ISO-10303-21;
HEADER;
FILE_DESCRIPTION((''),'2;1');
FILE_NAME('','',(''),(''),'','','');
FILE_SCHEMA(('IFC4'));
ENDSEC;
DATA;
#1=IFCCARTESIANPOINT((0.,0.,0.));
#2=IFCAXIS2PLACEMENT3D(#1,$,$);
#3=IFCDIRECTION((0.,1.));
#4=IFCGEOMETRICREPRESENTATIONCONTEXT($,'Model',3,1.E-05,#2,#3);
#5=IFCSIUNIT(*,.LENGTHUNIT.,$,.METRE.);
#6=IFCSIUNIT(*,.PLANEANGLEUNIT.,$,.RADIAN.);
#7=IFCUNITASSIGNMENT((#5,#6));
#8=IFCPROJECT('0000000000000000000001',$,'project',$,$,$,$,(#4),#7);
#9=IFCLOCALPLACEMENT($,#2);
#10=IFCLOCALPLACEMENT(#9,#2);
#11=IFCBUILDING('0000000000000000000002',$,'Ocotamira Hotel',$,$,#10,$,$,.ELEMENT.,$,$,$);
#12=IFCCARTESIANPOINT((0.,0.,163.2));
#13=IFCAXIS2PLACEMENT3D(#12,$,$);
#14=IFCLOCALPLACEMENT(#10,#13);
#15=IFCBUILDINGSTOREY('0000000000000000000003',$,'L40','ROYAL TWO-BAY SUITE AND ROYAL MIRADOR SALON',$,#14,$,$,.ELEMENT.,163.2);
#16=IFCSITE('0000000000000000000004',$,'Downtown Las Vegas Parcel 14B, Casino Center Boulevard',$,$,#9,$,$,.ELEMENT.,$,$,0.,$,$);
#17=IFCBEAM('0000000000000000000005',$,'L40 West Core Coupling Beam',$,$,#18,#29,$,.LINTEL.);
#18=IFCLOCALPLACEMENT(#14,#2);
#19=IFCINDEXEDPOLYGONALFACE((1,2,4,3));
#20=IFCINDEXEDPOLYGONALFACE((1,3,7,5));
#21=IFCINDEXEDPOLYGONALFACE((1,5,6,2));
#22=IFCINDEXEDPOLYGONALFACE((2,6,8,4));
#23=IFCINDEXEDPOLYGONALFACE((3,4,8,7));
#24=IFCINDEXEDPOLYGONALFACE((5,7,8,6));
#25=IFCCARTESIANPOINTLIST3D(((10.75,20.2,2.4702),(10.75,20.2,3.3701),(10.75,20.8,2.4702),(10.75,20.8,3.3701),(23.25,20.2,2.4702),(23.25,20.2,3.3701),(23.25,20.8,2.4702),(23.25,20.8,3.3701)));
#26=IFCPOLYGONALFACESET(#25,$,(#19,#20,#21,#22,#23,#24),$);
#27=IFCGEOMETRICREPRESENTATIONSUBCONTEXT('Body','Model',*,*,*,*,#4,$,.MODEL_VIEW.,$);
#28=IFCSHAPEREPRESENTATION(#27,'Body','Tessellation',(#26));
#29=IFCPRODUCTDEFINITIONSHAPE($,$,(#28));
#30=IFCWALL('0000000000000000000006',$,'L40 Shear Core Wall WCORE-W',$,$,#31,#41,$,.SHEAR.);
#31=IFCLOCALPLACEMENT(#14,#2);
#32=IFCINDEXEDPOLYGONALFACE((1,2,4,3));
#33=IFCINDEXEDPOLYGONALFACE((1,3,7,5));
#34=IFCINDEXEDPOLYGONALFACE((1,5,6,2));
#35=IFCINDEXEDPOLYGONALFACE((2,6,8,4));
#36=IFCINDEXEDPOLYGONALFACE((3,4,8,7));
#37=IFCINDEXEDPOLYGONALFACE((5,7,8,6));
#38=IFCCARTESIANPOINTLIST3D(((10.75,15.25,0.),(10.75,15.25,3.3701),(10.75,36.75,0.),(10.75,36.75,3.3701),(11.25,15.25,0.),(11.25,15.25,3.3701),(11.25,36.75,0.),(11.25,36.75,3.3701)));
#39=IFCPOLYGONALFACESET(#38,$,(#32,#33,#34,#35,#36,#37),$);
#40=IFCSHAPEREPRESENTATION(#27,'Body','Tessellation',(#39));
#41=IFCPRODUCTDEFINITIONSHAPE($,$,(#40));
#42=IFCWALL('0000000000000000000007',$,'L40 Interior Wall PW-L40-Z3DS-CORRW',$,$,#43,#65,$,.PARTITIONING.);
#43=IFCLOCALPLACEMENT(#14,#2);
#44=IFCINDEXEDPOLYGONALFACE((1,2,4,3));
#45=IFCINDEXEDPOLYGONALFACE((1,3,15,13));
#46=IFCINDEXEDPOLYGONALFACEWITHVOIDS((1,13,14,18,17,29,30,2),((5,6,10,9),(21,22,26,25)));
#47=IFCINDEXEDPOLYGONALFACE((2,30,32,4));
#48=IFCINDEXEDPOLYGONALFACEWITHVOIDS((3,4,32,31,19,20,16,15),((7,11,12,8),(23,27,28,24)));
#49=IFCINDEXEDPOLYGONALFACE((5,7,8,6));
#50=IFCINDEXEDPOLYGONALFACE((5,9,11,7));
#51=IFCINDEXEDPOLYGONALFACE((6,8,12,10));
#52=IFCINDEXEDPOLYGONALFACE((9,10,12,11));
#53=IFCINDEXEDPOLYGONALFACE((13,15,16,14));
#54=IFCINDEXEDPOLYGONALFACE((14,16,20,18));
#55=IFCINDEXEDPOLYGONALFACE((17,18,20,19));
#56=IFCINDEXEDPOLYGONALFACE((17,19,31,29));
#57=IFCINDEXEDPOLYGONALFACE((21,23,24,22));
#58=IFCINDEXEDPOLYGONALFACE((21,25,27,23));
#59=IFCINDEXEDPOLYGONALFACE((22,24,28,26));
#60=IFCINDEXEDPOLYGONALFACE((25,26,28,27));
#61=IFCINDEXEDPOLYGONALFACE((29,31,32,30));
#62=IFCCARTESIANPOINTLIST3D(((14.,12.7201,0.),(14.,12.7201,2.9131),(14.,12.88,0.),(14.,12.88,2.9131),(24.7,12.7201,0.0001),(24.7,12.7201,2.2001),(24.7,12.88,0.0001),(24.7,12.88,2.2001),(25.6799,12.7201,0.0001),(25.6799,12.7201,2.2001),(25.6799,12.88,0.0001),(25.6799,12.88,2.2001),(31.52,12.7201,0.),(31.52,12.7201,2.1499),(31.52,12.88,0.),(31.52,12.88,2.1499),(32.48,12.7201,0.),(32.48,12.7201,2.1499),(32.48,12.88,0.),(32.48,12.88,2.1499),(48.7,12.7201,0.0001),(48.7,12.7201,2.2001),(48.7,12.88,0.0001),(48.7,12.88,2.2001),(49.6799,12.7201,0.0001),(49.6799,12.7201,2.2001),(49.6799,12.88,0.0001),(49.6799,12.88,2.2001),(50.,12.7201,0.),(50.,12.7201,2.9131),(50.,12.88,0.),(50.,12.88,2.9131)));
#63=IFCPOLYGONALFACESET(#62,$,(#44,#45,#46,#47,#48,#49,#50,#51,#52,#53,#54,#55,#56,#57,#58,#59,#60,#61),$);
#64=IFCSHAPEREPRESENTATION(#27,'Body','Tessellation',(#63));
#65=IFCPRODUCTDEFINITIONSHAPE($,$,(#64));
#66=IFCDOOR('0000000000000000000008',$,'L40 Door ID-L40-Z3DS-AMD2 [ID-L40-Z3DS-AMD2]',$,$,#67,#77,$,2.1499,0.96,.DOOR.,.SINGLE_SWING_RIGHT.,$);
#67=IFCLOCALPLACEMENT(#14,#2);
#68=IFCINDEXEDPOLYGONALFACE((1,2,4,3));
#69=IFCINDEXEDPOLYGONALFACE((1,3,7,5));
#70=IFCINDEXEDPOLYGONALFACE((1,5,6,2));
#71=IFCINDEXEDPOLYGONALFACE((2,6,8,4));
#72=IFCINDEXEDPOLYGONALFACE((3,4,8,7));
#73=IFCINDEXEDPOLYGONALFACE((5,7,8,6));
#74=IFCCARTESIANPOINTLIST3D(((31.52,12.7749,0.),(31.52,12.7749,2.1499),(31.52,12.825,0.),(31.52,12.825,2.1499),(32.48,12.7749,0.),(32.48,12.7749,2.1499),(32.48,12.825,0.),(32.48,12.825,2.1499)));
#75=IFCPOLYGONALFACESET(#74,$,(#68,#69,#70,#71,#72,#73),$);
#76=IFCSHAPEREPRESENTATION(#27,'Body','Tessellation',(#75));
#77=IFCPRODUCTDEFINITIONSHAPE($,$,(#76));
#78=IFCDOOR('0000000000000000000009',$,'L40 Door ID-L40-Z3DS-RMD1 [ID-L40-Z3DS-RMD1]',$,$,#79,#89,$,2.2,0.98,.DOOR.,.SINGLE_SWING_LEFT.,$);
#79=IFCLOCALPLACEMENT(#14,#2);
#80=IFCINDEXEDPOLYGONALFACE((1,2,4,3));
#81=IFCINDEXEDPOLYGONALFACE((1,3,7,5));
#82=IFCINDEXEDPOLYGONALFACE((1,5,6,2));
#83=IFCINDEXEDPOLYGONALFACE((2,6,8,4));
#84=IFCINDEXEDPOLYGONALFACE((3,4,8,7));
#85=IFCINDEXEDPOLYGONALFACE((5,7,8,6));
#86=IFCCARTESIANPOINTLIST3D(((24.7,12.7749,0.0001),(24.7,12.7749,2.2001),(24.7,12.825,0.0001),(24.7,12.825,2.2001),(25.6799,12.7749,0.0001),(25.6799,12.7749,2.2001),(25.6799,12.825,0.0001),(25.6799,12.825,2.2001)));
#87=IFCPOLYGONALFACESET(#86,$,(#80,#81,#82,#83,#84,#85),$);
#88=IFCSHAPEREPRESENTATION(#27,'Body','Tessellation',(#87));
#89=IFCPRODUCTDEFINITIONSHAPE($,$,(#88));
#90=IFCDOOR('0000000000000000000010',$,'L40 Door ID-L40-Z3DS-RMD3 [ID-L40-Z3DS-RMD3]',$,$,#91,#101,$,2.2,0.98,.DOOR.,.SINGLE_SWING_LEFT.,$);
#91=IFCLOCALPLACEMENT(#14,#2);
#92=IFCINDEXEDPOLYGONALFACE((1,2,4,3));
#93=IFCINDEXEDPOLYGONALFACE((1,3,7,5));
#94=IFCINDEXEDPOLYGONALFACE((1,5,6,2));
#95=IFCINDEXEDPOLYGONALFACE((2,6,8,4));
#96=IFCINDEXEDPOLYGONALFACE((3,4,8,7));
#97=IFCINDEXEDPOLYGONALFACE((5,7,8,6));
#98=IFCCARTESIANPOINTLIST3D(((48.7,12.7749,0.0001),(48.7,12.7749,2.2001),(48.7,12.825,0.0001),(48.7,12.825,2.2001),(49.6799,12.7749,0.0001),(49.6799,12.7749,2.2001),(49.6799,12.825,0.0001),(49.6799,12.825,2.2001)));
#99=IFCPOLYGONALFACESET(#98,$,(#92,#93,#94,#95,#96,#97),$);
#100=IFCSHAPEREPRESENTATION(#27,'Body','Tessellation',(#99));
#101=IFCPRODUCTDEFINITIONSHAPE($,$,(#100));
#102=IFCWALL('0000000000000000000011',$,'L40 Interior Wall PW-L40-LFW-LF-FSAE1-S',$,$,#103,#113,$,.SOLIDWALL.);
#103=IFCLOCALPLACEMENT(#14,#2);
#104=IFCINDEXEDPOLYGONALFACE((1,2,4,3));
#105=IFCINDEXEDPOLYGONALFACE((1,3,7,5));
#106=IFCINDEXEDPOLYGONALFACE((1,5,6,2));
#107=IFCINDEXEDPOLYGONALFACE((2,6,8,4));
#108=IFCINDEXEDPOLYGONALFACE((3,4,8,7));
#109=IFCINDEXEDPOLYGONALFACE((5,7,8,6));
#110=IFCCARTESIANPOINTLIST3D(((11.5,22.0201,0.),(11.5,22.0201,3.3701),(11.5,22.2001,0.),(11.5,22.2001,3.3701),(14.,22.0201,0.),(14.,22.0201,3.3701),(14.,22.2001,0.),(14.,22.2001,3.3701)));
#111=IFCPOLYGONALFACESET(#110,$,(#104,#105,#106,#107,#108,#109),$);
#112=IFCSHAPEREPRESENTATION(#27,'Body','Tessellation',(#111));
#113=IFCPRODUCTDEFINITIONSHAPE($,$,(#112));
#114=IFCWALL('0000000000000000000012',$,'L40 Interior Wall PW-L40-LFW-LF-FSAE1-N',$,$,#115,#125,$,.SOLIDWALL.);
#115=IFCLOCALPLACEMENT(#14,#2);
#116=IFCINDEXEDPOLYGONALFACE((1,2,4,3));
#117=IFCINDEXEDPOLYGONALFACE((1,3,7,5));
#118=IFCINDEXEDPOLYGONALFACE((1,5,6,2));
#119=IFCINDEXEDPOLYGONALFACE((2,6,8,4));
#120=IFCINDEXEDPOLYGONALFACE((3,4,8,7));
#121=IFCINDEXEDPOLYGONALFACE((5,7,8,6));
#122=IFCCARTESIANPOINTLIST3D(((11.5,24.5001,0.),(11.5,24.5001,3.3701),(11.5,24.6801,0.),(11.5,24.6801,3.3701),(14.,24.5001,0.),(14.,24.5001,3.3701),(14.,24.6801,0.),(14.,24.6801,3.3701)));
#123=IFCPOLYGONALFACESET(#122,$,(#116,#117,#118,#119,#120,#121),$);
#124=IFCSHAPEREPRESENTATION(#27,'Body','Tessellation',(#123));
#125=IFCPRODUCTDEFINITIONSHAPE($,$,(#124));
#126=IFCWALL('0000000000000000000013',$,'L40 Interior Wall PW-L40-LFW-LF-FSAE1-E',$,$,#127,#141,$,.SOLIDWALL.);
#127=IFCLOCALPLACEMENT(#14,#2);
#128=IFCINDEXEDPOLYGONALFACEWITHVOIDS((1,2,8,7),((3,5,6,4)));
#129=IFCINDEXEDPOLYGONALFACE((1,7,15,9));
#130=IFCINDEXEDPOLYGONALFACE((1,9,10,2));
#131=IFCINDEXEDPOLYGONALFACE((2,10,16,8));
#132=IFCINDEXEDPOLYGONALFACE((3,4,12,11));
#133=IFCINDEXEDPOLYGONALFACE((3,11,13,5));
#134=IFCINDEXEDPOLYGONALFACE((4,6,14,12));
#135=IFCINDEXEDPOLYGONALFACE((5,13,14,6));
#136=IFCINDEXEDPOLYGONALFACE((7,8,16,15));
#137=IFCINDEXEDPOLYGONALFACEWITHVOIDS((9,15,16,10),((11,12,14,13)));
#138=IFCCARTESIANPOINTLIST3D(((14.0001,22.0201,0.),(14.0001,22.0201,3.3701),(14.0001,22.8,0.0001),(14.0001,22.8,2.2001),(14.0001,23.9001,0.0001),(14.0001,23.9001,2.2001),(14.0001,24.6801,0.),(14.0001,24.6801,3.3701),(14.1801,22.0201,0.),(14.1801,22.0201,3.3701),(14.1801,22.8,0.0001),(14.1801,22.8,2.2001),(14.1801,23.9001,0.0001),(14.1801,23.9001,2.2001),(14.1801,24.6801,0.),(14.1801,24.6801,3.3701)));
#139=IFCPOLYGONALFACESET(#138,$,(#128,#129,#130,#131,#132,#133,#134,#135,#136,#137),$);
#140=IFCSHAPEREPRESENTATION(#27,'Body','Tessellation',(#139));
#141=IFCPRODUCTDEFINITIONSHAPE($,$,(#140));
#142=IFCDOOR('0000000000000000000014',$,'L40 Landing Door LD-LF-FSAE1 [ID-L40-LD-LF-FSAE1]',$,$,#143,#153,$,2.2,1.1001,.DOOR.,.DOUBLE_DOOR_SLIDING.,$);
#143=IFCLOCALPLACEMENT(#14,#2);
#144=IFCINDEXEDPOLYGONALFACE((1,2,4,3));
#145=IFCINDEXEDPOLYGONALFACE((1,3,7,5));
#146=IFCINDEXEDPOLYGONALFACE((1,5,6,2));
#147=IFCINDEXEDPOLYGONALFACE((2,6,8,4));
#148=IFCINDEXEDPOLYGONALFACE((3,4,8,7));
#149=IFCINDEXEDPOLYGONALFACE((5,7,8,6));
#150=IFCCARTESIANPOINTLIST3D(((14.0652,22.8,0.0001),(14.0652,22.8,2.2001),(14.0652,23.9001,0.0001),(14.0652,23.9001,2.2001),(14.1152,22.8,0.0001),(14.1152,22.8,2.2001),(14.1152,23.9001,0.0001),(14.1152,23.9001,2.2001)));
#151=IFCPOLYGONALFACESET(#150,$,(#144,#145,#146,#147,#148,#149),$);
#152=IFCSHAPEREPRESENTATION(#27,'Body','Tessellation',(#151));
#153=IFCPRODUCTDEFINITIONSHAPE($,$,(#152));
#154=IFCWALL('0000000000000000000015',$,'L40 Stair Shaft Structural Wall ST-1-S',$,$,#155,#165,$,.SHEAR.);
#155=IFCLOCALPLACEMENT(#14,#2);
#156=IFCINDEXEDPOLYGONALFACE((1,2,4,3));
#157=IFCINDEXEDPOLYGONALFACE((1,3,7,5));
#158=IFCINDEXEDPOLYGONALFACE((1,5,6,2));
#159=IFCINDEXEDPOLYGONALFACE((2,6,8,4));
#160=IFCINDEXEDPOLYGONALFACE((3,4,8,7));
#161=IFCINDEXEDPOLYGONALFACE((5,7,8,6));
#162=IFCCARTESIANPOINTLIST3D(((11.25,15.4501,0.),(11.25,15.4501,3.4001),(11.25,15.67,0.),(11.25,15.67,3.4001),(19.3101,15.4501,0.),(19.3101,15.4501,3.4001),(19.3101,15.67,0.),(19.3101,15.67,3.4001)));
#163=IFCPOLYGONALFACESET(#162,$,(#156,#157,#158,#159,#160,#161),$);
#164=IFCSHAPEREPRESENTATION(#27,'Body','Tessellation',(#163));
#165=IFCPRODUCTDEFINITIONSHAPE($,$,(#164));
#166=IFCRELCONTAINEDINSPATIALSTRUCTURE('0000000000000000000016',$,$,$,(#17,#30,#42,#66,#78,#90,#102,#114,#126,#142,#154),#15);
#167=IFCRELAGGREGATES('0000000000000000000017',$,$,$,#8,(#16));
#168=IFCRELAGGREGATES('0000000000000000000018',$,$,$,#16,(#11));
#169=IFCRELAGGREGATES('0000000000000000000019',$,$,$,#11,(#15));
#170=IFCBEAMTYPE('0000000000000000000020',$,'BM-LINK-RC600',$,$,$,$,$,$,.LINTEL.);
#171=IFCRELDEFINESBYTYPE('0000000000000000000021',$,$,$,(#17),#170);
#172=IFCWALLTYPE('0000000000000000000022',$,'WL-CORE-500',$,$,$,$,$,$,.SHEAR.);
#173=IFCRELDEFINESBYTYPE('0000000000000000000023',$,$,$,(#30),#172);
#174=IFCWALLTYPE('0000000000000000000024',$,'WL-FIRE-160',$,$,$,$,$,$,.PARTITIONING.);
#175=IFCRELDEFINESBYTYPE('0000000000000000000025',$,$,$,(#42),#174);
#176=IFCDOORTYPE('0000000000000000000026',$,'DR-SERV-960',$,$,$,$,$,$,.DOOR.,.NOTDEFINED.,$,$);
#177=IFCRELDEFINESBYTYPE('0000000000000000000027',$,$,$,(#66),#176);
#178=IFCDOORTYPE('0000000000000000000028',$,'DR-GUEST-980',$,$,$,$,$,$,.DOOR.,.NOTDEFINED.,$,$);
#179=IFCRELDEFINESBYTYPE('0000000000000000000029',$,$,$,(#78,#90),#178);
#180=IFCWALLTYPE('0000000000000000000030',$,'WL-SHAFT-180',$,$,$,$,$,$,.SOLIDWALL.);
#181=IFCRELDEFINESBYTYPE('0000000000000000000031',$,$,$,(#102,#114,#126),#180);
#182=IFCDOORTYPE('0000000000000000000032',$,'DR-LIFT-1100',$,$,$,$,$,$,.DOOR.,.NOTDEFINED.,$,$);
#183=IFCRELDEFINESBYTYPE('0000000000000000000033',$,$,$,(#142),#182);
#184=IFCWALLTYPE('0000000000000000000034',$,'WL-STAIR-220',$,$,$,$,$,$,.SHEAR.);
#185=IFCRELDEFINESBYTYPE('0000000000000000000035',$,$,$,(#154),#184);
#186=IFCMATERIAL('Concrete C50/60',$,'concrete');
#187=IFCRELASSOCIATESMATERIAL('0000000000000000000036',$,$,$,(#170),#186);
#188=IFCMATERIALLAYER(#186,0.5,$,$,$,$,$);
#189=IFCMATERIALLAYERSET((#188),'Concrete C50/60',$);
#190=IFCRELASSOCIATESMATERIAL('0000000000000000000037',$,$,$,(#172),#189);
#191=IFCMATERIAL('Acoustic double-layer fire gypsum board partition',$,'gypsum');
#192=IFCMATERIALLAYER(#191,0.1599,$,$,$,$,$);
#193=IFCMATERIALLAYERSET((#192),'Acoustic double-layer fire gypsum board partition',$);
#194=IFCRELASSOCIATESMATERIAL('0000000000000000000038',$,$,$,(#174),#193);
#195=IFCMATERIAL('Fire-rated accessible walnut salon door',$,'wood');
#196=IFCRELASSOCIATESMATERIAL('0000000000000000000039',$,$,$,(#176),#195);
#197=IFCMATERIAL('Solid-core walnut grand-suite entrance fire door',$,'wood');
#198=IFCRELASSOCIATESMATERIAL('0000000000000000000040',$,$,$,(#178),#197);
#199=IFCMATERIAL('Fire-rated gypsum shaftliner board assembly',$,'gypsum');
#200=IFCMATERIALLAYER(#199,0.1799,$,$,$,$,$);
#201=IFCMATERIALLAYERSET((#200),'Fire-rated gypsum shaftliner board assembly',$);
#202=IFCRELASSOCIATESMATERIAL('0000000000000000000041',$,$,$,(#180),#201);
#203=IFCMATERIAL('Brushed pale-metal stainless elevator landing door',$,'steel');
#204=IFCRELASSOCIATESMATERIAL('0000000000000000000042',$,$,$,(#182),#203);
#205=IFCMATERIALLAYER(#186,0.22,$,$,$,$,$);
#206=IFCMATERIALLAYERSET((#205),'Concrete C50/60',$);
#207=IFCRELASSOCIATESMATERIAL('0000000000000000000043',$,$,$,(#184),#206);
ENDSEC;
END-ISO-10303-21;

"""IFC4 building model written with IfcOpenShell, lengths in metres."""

from ifc_helpers import new_model, si_unit, direction, frame, frame_2d, origin, origin_2d, place, context, subcontext, project, spatial, rectangle, extrude, source, transform, mapped, material, layer, layer_set, material_profile, profile_set, type_object, element, fill, save


model = new_model("IFC4")

# Units and contexts
model_context = context("Model", 3, precision=1e-05, world=origin(), true_north=direction((0.0, 1.0)))
body_context = subcontext(model_context, "Body", "Model", "MODEL_VIEW")
ifc_project = project(units=[si_unit("LENGTHUNIT", "METRE"), si_unit("PLANEANGLEUNIT", "RADIAN")], contexts=[model_context])

# Site, building, storey
site_placement = place(None, origin())
site = spatial("IfcSite", under=ifc_project, at=site_placement, Name="Downtown Las Vegas Parcel 14B, Casino Center Boulevard", CompositionType="ELEMENT", RefElevation=0.0)
building_placement = place(site_placement, origin())
building = spatial("IfcBuilding", under=site, at=building_placement, Name="Ocotamira Hotel", CompositionType="ELEMENT")
storey_placement = place(building_placement, frame((0.0, 0.0, 163.2)))
storey = spatial("IfcBuildingStorey", under=building, at=storey_placement, Name="L40", Description="ROYAL TWO-BAY SUITE AND ROYAL MIRADOR SALON", CompositionType="ELEMENT", Elevation=163.2)

# Beam
ifc_material_1 = material(Name="Concrete C50/60", Category="concrete")
ifc_material_profile = material_profile(ifc_material_1, rectangle(XDim=0.6001, YDim=0.8999, at=origin_2d()), Name="RC600X900")
ifc_profile_set = profile_set([ifc_material_profile], Name="Concrete C50/60")
beam_type = type_object("IfcBeamType", Name="BM-LINK-RC600", PredefinedType="LINTEL", material=ifc_profile_set)
shared_shape_1 = source(origin(), body_context, "Body", "SweptSolid", [
    extrude(rectangle(XDim=0.6001, YDim=0.8999, at=origin_2d()), origin(), (0.0, 0.0, 1.0), 12.5),
])
beam_placement = place(storey_placement, frame((10.75, 20.5, 2.9202), z_axis=(1.0, 0.0, 0.0), x_axis=(0.0, 1.0, 0.0)))
element("IfcBeam", 1, at=beam_placement, inside=storey, type_object=beam_type, Name="L40 West Core Coupling Beam", PredefinedType="LINTEL", context=body_context, shape_type="MappedRepresentation", body=[
    mapped(shared_shape_1, transform((0.0, 0.0, 0.0), scale=1.0)),
])

# Shared definitions
ifc_layer_1 = layer(ifc_material_1, 0.5)
ifc_layer_set_1 = layer_set([ifc_layer_1], Name="Concrete C50/60")
wall_type_1 = type_object("IfcWallType", Name="WL-CORE-500", PredefinedType="SHEAR", material=ifc_layer_set_1)

# Wall
wall_1_placement = place(storey_placement, frame((11.0, 15.25, 0.0), z_axis=(0.0, 0.0, 1.0), x_axis=(0.0, 1.0, 0.0)))
element("IfcWall", 2, at=wall_1_placement, inside=storey, type_object=wall_type_1, Name="L40 Shear Core Wall WCORE-W", PredefinedType="SHEAR", context=body_context, shape_type="SweptSolid", body=[
    extrude(rectangle(XDim=21.5, YDim=0.5, at=frame_2d((10.75, 0.0))), origin(), (0.0, 0.0, 1.0), 3.3701),
])

# Shared definitions
ifc_material_2 = material(Name="Acoustic double-layer fire gypsum board partition", Category="gypsum")
ifc_layer_2 = layer(ifc_material_2, 0.1599)
ifc_layer_set_2 = layer_set([ifc_layer_2], Name="Acoustic double-layer fire gypsum board partition")
wall_type_2 = type_object("IfcWallType", Name="WL-FIRE-160", PredefinedType="PARTITIONING", material=ifc_layer_set_2)
ifc_material_3 = material(Name="Fire-rated accessible walnut salon door", Category="wood")
door_type_1 = type_object("IfcDoorType", Name="DR-SERV-960", OperationType="NOTDEFINED", PredefinedType="DOOR", material=ifc_material_3)
shared_shape_2 = source(origin(), body_context, "Body", "SweptSolid", [
    extrude(rectangle(XDim=0.96, YDim=2.1499, at=frame_2d((0.48, 1.075))), frame((0.0, 0.0249, 0.0), z_axis=(0.0, -1.0, 0.0), x_axis=(1.0, 0.0, 0.0)), (0.0, 0.0, 1.0), 0.05),
])

# Wall, openings, doors
wall_2_placement = place(storey_placement, frame((14.0, 12.8, 0.0), z_axis=(0.0, 0.0, 1.0), x_axis=(1.0, 0.0, 0.0)))
wall_2 = element("IfcWall", 3, at=wall_2_placement, inside=storey, type_object=wall_type_2, Name="L40 Interior Wall PW-L40-Z3DS-CORRW", PredefinedType="PARTITIONING", context=body_context, shape_type="SweptSolid", body=[
    extrude(rectangle(XDim=36.0, YDim=0.1599, at=frame_2d((18.0, 0.0))), origin(), (0.0, 0.0, 1.0), 2.9131),
])
opening_1_placement = place(wall_2_placement, frame((10.7, 0.0, 0.0)))
opening_1 = element("IfcOpeningElement", 4, at=opening_1_placement, cuts=wall_2, PredefinedType="OPENING", context=body_context, shape_type="SweptSolid", body=[
    extrude(rectangle(XDim=0.98, YDim=2.2, at=frame_2d((0.49, 1.1001))), frame((0.0, 0.0898, 0.0), z_axis=(0.0, -1.0, 0.0), x_axis=(1.0, 0.0, 0.0)), (0.0, 0.0, 1.0), 0.1799),
])
opening_2_placement = place(wall_2_placement, frame((17.52, 0.0, 0.0)))
opening_2 = element("IfcOpeningElement", 5, at=opening_2_placement, cuts=wall_2, PredefinedType="OPENING", context=body_context, shape_type="SweptSolid", body=[
    extrude(rectangle(XDim=0.96, YDim=2.1499, at=frame_2d((0.48, 1.075))), frame((0.0, 0.0898, 0.0), z_axis=(0.0, -1.0, 0.0), x_axis=(1.0, 0.0, 0.0)), (0.0, 0.0, 1.0), 0.1799),
])
opening_3_placement = place(wall_2_placement, frame((34.7, 0.0, 0.0)))
opening_3 = element("IfcOpeningElement", 6, at=opening_3_placement, cuts=wall_2, PredefinedType="OPENING", context=body_context, shape_type="SweptSolid", body=[
    extrude(rectangle(XDim=0.98, YDim=2.2, at=frame_2d((0.49, 1.1001))), frame((0.0, 0.0898, 0.0), z_axis=(0.0, -1.0, 0.0), x_axis=(1.0, 0.0, 0.0)), (0.0, 0.0, 1.0), 0.1799),
])
door_1_placement = place(opening_2_placement, origin())
door_1 = element("IfcDoor", 7, at=door_1_placement, inside=storey, type_object=door_type_1, Name="L40 Door ID-L40-Z3DS-AMD2 [ID-L40-Z3DS-AMD2]", OperationType="SINGLE_SWING_RIGHT", OverallHeight=2.1499, OverallWidth=0.96, PredefinedType="DOOR", context=body_context, shape_type="MappedRepresentation", body=[
    mapped(shared_shape_2, transform((0.0, 0.0, 0.0), scale=1.0)),
])
fill(opening_2, door_1)
ifc_material_4 = material(Name="Solid-core walnut grand-suite entrance fire door", Category="wood")
door_type_2 = type_object("IfcDoorType", Name="DR-GUEST-980", OperationType="NOTDEFINED", PredefinedType="DOOR", material=ifc_material_4)
shared_shape_3 = source(origin(), body_context, "Body", "SweptSolid", [
    extrude(rectangle(XDim=0.98, YDim=2.2, at=frame_2d((0.49, 1.1001))), frame((0.0, 0.0249, 0.0), z_axis=(0.0, -1.0, 0.0), x_axis=(1.0, 0.0, 0.0)), (0.0, 0.0, 1.0), 0.05),
])
door_2_placement = place(opening_1_placement, origin())
door_2 = element("IfcDoor", 8, at=door_2_placement, inside=storey, type_object=door_type_2, Name="L40 Door ID-L40-Z3DS-RMD1 [ID-L40-Z3DS-RMD1]", OperationType="SINGLE_SWING_LEFT", OverallHeight=2.2, OverallWidth=0.98, PredefinedType="DOOR", context=body_context, shape_type="MappedRepresentation", body=[
    mapped(shared_shape_3, transform((0.0, 0.0, 0.0), scale=1.0)),
])
fill(opening_1, door_2)
door_3_placement = place(opening_3_placement, origin())
door_3 = element("IfcDoor", 9, at=door_3_placement, inside=storey, type_object=door_type_2, Name="L40 Door ID-L40-Z3DS-RMD3 [ID-L40-Z3DS-RMD3]", OperationType="SINGLE_SWING_LEFT", OverallHeight=2.2, OverallWidth=0.98, PredefinedType="DOOR", context=body_context, shape_type="MappedRepresentation", body=[
    mapped(shared_shape_3, transform((0.0, 0.0, 0.0), scale=1.0)),
])
fill(opening_3, door_3)

# Walls
ifc_material_5 = material(Name="Fire-rated gypsum shaftliner board assembly", Category="gypsum")
ifc_layer_3 = layer(ifc_material_5, 0.1799)
ifc_layer_set_3 = layer_set([ifc_layer_3], Name="Fire-rated gypsum shaftliner board assembly")
wall_type_3 = type_object("IfcWallType", Name="WL-SHAFT-180", PredefinedType="SOLIDWALL", material=ifc_layer_set_3)
for number, where, z_axis, x_axis, name in (
    (10, (11.5, 22.1101, 0.0), (0.0, 0.0, 1.0), (1.0, 0.0, 0.0), "L40 Interior Wall PW-L40-LFW-LF-FSAE1-S"),
    (11, (11.5, 24.5901, 0.0), (0.0, 0.0, 1.0), (1.0, 0.0, 0.0), "L40 Interior Wall PW-L40-LFW-LF-FSAE1-N"),
):
    element("IfcWall", number, at=place(storey_placement, frame(where, z_axis=z_axis, x_axis=x_axis)), inside=storey, type_object=wall_type_3, Name=name, PredefinedType="SOLIDWALL", context=body_context, shape_type="SweptSolid", body=[
        extrude(rectangle(XDim=2.5, YDim=0.1799, at=frame_2d((1.25, 0.0))), origin(), (0.0, 0.0, 1.0), 3.3701),
    ])

# Wall, opening, door
wall_3_placement = place(storey_placement, frame((14.0901, 22.02, 0.0), z_axis=(0.0, 0.0, 1.0), x_axis=(0.0, 1.0, 0.0)))
wall_3 = element("IfcWall", 12, at=wall_3_placement, inside=storey, type_object=wall_type_3, Name="L40 Interior Wall PW-L40-LFW-LF-FSAE1-E", PredefinedType="SOLIDWALL", context=body_context, shape_type="SweptSolid", body=[
    extrude(rectangle(XDim=2.6599, YDim=0.1799, at=frame_2d((1.3301, 0.0))), origin(), (0.0, 0.0, 1.0), 3.3701),
])
opening_4_placement = place(wall_3_placement, frame((0.78, 0.0, 0.0)))
opening_4 = element("IfcOpeningElement", 13, at=opening_4_placement, cuts=wall_3, PredefinedType="OPENING", context=body_context, shape_type="SweptSolid", body=[
    extrude(rectangle(XDim=1.1001, YDim=2.2, at=frame_2d((0.55, 1.1001))), frame((0.0, 0.1001, 0.0), z_axis=(0.0, -1.0, 0.0), x_axis=(1.0, 0.0, 0.0)), (0.0, 0.0, 1.0), 0.2),
])
ifc_material_6 = material(Name="Brushed pale-metal stainless elevator landing door", Category="steel")
door_type_3 = type_object("IfcDoorType", Name="DR-LIFT-1100", OperationType="NOTDEFINED", PredefinedType="DOOR", material=ifc_material_6)
shared_shape_4 = source(origin(), body_context, "Body", "SweptSolid", [
    extrude(rectangle(XDim=1.1001, YDim=2.2, at=frame_2d((0.55, 1.1001))), frame((0.0, 0.0249, 0.0), z_axis=(0.0, -1.0, 0.0), x_axis=(1.0, 0.0, 0.0)), (0.0, 0.0, 1.0), 0.05),
])
door_4_placement = place(opening_4_placement, origin())
door_4 = element("IfcDoor", 14, at=door_4_placement, inside=storey, type_object=door_type_3, Name="L40 Landing Door LD-LF-FSAE1 [ID-L40-LD-LF-FSAE1]", OperationType="DOUBLE_DOOR_SLIDING", OverallHeight=2.2, OverallWidth=1.1001, PredefinedType="DOOR", context=body_context, shape_type="MappedRepresentation", body=[
    mapped(shared_shape_4, transform((0.0, 0.0, 0.0), scale=1.0)),
])
fill(opening_4, door_4)

# Wall
ifc_layer_4 = layer(ifc_material_1, 0.22)
ifc_layer_set_4 = layer_set([ifc_layer_4], Name="Concrete C50/60")
wall_type_4 = type_object("IfcWallType", Name="WL-STAIR-220", PredefinedType="SHEAR", material=ifc_layer_set_4)
wall_4_placement = place(storey_placement, frame((11.25, 15.5601, 0.0), z_axis=(0.0, 0.0, 1.0), x_axis=(1.0, 0.0, 0.0)))
element("IfcWall", 15, at=wall_4_placement, inside=storey, type_object=wall_type_4, Name="L40 Stair Shaft Structural Wall ST-1-S", PredefinedType="SHEAR", context=body_context, shape_type="SweptSolid", body=[
    extrude(rectangle(XDim=8.0601, YDim=0.22, at=frame_2d((4.03, 0.0))), origin(), (0.0, 0.0, 1.0), 3.4001),
])

save(model, "model.ifc")
